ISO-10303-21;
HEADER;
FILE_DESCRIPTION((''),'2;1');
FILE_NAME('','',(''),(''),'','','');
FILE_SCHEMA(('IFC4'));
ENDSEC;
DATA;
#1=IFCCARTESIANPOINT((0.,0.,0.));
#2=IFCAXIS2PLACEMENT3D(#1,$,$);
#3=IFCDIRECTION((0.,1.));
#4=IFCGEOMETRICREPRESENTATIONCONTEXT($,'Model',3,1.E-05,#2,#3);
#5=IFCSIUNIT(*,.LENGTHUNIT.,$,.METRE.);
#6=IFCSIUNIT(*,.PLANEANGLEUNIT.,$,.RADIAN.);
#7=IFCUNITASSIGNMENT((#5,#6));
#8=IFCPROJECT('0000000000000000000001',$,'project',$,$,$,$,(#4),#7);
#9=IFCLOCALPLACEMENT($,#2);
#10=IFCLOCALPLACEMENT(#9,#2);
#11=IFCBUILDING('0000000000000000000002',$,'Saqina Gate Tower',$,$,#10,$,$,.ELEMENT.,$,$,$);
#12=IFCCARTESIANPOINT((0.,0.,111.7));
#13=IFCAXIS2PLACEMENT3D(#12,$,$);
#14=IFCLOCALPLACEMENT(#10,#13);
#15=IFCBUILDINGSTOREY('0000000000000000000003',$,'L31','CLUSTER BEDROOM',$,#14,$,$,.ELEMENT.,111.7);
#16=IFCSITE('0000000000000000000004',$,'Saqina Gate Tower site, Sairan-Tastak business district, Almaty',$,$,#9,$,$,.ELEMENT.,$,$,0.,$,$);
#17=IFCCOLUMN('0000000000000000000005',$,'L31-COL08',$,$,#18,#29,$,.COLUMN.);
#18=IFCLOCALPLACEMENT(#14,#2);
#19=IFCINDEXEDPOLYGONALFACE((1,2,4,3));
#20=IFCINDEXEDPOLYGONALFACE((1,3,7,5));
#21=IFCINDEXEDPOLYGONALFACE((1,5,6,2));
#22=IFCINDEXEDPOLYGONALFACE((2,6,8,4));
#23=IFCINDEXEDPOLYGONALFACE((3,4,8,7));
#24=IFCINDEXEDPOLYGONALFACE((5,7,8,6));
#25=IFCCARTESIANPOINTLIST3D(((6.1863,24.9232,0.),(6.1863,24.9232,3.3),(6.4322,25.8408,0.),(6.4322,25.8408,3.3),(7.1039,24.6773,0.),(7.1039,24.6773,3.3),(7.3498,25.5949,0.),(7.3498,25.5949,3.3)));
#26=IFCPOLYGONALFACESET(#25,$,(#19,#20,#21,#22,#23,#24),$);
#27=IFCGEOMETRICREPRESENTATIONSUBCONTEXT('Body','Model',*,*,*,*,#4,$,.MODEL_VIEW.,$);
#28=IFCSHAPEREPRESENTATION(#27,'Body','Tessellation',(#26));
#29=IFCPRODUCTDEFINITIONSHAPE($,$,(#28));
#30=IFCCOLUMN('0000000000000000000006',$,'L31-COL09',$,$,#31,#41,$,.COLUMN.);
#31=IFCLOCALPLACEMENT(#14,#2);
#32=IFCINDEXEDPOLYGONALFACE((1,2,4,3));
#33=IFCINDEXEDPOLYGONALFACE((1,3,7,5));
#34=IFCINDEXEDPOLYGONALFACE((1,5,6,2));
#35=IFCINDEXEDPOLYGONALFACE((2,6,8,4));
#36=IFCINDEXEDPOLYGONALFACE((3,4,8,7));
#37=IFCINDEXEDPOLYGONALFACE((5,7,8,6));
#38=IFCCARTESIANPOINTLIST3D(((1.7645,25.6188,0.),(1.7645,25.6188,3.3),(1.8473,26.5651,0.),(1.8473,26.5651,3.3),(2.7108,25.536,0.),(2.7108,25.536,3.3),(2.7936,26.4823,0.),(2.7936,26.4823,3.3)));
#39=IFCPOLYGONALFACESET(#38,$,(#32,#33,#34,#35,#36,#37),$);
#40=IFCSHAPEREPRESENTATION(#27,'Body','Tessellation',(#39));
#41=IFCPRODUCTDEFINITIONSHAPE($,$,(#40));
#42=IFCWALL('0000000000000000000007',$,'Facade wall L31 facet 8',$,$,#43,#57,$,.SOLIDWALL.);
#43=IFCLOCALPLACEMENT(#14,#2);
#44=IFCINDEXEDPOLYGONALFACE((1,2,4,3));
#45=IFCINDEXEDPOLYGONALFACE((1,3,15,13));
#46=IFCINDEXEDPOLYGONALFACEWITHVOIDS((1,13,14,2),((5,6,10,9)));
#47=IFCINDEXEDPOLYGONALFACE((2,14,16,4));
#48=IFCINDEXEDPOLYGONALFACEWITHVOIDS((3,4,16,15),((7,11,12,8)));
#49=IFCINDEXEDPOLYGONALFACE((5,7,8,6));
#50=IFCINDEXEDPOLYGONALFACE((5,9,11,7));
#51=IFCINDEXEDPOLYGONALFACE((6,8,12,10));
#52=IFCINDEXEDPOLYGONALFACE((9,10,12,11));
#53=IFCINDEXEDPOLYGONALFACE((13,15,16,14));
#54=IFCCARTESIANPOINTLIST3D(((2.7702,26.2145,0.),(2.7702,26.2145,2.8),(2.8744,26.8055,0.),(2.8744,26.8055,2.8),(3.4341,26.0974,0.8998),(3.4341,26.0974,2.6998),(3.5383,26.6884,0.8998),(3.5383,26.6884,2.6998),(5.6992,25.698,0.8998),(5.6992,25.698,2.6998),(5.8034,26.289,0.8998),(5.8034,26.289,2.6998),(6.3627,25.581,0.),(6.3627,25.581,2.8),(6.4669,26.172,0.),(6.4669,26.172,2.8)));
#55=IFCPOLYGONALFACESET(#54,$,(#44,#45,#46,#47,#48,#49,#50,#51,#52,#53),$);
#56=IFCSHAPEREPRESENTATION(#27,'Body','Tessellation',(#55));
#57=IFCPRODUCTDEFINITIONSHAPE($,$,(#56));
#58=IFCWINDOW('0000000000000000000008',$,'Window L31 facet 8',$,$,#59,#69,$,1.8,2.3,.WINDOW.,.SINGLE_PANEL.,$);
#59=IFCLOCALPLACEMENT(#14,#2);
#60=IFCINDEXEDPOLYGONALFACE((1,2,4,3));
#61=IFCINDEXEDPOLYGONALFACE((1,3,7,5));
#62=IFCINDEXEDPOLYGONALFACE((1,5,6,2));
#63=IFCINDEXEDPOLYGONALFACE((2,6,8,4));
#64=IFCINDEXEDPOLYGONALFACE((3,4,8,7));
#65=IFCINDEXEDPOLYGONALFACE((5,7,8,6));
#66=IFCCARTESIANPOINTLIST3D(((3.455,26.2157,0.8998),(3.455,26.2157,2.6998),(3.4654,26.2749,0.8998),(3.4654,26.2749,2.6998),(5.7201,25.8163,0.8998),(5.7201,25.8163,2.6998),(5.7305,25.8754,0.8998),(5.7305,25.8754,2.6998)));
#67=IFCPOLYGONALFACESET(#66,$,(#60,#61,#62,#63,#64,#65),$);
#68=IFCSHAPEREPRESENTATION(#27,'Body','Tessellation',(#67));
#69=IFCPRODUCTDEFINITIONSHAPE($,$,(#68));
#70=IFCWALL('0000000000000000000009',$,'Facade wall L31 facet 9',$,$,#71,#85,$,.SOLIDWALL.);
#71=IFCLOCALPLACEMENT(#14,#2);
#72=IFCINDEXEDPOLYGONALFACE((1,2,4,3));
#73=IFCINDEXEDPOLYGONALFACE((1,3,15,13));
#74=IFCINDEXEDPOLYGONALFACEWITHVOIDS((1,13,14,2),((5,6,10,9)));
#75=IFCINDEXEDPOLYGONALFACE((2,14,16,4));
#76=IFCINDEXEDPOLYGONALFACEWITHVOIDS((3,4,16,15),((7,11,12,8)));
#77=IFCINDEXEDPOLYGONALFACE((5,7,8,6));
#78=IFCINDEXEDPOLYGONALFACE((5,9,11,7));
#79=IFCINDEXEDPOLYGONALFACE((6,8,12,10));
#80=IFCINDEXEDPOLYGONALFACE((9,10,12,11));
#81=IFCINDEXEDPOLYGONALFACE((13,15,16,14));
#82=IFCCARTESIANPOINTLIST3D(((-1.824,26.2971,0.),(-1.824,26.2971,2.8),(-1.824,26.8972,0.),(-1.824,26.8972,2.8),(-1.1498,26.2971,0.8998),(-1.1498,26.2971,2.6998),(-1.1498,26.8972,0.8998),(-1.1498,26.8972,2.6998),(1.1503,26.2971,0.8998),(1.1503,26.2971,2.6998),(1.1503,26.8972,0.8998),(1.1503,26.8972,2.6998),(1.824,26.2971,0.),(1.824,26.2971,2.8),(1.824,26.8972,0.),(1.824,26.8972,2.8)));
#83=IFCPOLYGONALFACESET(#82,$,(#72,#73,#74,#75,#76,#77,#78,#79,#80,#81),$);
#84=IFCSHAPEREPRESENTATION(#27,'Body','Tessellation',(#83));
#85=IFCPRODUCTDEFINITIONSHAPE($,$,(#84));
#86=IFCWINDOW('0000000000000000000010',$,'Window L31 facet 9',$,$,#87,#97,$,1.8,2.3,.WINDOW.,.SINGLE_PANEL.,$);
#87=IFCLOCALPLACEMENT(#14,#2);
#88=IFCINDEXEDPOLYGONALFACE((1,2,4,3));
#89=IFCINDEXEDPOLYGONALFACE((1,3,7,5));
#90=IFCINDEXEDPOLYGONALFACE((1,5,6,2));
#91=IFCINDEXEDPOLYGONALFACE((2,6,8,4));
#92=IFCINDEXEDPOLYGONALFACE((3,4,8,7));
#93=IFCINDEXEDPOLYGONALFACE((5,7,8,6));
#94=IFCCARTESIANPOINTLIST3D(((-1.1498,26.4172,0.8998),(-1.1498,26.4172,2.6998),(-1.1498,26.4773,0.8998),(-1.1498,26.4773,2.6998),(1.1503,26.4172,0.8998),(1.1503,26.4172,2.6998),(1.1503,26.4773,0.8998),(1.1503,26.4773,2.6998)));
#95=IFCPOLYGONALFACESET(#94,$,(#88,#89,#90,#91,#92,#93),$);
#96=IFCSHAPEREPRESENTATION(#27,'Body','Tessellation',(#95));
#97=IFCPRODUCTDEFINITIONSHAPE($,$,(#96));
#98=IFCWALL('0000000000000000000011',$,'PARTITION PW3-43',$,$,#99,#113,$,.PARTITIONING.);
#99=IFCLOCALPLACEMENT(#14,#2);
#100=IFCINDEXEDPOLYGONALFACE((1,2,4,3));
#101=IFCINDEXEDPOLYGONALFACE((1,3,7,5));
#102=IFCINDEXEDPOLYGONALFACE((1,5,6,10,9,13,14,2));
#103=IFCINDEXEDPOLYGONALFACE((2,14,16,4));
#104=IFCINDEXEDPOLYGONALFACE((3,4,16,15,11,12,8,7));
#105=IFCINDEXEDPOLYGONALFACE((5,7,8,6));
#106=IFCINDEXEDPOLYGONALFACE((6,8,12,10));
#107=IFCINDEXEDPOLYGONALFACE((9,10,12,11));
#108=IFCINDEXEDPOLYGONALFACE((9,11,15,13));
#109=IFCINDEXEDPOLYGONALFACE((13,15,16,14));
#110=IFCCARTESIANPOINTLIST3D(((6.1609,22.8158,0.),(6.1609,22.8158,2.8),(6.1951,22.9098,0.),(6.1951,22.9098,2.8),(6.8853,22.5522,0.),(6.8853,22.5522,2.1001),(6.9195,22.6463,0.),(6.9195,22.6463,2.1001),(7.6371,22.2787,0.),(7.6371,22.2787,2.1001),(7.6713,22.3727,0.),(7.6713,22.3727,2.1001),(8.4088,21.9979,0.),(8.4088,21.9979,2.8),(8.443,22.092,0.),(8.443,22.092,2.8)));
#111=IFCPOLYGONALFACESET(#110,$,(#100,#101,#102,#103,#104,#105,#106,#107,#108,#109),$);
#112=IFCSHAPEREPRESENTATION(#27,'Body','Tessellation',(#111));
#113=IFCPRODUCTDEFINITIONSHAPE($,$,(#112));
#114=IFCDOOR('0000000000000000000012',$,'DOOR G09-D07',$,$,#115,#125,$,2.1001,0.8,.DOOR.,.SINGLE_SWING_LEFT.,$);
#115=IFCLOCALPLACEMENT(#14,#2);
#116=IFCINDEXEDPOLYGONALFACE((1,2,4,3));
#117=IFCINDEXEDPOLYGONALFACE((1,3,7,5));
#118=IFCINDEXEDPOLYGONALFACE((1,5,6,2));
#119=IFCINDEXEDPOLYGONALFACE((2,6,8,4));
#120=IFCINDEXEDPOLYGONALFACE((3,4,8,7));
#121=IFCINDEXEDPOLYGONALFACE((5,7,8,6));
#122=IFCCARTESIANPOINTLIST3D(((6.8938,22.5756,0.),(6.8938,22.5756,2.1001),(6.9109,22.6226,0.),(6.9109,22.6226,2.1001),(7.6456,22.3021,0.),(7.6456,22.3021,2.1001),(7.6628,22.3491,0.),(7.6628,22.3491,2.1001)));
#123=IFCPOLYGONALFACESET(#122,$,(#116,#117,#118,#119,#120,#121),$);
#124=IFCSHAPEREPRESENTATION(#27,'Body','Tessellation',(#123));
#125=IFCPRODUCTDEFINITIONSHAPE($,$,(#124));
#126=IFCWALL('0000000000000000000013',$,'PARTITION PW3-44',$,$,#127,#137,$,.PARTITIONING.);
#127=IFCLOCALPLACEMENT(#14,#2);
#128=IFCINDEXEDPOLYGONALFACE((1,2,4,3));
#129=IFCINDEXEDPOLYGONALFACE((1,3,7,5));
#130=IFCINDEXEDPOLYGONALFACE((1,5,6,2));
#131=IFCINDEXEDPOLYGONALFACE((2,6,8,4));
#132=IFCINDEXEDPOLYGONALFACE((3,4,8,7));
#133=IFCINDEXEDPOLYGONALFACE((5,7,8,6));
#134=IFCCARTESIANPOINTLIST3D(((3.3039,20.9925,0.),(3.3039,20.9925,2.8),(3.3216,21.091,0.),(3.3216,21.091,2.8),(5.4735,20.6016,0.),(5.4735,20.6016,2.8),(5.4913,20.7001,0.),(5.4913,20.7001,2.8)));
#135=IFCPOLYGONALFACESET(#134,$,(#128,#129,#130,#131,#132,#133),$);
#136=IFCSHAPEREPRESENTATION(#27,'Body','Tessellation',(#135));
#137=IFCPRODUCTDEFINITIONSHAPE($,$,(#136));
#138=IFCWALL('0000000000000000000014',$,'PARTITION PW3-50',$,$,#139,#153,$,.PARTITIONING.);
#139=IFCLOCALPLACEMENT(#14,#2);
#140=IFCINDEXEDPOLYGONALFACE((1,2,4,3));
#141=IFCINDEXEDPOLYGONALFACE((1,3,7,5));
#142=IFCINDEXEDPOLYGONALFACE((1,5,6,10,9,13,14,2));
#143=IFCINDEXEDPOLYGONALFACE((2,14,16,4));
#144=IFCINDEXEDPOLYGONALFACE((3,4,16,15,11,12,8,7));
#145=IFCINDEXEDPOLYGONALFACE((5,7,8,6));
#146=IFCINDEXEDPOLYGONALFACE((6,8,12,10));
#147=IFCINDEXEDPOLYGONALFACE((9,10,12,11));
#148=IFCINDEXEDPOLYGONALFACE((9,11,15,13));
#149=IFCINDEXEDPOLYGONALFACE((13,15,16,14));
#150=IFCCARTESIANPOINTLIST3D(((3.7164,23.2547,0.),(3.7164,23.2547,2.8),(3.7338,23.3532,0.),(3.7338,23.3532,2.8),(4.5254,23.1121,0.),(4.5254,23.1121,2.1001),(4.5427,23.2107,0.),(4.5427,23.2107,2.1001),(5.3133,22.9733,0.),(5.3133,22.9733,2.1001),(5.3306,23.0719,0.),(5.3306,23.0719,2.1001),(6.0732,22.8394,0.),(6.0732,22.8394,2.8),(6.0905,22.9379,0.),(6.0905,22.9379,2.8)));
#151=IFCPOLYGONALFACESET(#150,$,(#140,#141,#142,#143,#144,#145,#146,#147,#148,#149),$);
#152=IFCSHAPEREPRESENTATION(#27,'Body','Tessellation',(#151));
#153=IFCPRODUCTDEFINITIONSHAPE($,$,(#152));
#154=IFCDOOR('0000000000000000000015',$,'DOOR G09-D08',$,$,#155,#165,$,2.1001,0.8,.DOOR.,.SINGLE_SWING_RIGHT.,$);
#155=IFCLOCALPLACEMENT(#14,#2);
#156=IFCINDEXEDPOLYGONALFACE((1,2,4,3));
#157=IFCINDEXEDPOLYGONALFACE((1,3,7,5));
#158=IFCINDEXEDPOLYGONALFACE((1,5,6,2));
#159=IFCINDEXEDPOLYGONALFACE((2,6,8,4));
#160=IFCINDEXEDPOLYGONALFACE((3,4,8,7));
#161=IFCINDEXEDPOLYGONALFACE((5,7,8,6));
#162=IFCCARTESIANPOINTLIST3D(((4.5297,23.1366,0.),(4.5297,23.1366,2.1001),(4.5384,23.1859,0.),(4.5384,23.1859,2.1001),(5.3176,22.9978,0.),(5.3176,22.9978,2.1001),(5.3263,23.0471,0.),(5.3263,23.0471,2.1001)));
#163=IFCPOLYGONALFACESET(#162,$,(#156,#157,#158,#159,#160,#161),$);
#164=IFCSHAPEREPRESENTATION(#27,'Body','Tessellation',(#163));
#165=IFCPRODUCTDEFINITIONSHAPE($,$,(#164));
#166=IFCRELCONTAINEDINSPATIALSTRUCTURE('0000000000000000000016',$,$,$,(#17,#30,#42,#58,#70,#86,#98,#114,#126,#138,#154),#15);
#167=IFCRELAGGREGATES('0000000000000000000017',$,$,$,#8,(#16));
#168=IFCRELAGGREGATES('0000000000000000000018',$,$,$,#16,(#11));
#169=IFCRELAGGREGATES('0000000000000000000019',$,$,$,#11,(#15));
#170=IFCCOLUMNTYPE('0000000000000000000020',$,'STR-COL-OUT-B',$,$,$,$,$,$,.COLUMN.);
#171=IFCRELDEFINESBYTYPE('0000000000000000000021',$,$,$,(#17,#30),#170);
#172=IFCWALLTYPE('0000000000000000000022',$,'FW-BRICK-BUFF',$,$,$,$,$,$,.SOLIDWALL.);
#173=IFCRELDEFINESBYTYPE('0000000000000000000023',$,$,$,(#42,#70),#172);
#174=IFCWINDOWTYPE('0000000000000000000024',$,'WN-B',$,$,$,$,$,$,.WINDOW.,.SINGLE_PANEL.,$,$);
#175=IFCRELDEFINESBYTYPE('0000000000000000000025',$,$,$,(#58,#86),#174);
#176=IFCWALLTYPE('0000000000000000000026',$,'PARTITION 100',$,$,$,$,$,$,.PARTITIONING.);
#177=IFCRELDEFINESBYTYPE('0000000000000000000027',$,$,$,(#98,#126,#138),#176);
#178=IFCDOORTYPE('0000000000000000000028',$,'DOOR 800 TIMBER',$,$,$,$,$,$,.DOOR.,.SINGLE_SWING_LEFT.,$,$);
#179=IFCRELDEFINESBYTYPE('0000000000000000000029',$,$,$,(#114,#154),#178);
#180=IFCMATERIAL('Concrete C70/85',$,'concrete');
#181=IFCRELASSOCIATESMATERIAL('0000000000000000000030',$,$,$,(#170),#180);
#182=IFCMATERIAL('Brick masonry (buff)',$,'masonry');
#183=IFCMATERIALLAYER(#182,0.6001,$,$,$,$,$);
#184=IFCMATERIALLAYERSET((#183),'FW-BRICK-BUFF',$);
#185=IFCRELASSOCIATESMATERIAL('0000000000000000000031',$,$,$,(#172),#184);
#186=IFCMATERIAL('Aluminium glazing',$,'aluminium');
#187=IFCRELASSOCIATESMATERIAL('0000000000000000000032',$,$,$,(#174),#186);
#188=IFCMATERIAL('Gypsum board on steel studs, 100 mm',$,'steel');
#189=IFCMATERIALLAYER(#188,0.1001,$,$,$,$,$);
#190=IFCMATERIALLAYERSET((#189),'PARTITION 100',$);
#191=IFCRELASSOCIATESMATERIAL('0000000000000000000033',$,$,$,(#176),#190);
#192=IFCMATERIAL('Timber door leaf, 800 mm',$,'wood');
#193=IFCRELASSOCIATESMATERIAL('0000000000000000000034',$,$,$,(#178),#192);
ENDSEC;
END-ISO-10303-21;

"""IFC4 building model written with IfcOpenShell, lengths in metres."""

from ifc_helpers import new_model, si_unit, direction, frame, frame_2d, origin, origin_2d, place, context, subcontext, project, spatial, rectangle, extrude, material, layer, layer_set, material_profile, profile_set, type_object, element, fill, save


model = new_model("IFC4")

# Units and contexts
model_context = context("Model", 3, precision=1e-05, world=origin(), true_north=direction((0.0, 1.0)))
body_context = subcontext(model_context, "Body", "Model", "MODEL_VIEW")
ifc_project = project(units=[si_unit("LENGTHUNIT", "METRE"), si_unit("PLANEANGLEUNIT", "RADIAN")], contexts=[model_context])

# Site, building, storey
site_placement = place(None, origin())
site = spatial("IfcSite", under=ifc_project, at=site_placement, Name="Saqina Gate Tower site, Sairan-Tastak business district, Almaty", CompositionType="ELEMENT", RefElevation=0.0)
building_placement = place(site_placement, origin())
building = spatial("IfcBuilding", under=site, at=building_placement, Name="Saqina Gate Tower", CompositionType="ELEMENT")
storey_placement = place(building_placement, frame((0.0, 0.0, 111.7)))
storey = spatial("IfcBuildingStorey", under=building, at=storey_placement, Name="L31", Description="CLUSTER BEDROOM", CompositionType="ELEMENT", Elevation=111.7)

# Columns
ifc_material_1 = material(Name="Concrete C70/85", Category="concrete")
ifc_material_profile = material_profile(ifc_material_1, rectangle(XDim=0.95, YDim=0.95, at=origin_2d()), Name="RC 950x950")
ifc_profile_set = profile_set([ifc_material_profile], Name="Concrete C70/85")
column_type = type_object("IfcColumnType", Name="STR-COL-OUT-B", PredefinedType="COLUMN", material=ifc_profile_set)
for number, where, z_axis, x_axis, name in (
    (1, (6.7681, 25.259, 0.0), (0.0, 0.0, 1.0), (0.258819, 0.965926, 0.0), "L31-COL08"),
    (2, (2.2791, 26.0505, 0.0), (0.0, 0.0, 1.0), (0.087156, 0.996195, 0.0), "L31-COL09"),
):
    element("IfcColumn", number, at=place(storey_placement, frame(where, z_axis=z_axis, x_axis=x_axis)), inside=storey, type_object=column_type, Name=name, PredefinedType="COLUMN", context=body_context, shape_type="SweptSolid", body=[
        extrude(rectangle(XDim=0.95, YDim=0.95, at=origin_2d()), origin(), (0.0, 0.0, 1.0), 3.3),
    ])

# Walls, openings, windows
ifc_material_2 = material(Name="Brick masonry (buff)", Category="masonry")
ifc_layer_1 = layer(ifc_material_2, 0.6001)
ifc_layer_set_1 = layer_set([ifc_layer_1], Name="FW-BRICK-BUFF")
wall_type_1 = type_object("IfcWallType", Name="FW-BRICK-BUFF", PredefinedType="SOLIDWALL", material=ifc_layer_set_1)
wall_1_placement = place(storey_placement, frame((6.4148, 25.8765, 0.0), z_axis=(0.0, 0.0, 1.0), x_axis=(-0.984804, 0.173671, 0.0)))
wall_1 = element("IfcWall", 3, at=wall_1_placement, inside=storey, type_object=wall_type_1, Name="Facade wall L31 facet 8", PredefinedType="SOLIDWALL", context=body_context, shape_type="SweptSolid", body=[
    extrude(rectangle(XDim=3.6479, YDim=0.6001, at=frame_2d((1.824, 0.0))), origin(), (0.0, 0.0, 1.0), 2.8),
])
opening_1_placement = place(wall_1_placement, frame((0.6738, 0.0, 0.8999)))
opening_1 = element("IfcOpeningElement", 4, at=opening_1_placement, cuts=wall_1, PredefinedType="OPENING", context=body_context, shape_type="SweptSolid", body=[
    extrude(rectangle(XDim=2.3, YDim=1.8, at=frame_2d((1.1499, 0.8999))), frame((0.0, 0.312, 0.0), z_axis=(0.0, -1.0, 0.0), x_axis=(1.0, 0.0, 0.0)), (0.0, 0.0, 1.0), 0.624),
])
ifc_material_3 = material(Name="Aluminium glazing", Category="aluminium")
window_type = type_object("IfcWindowType", Name="WN-B", PartitioningType="SINGLE_PANEL", PredefinedType="WINDOW", material=ifc_material_3)
window_1_placement = place(opening_1_placement, origin())
window_1 = element("IfcWindow", 5, at=window_1_placement, inside=storey, type_object=window_type, Name="Window L31 facet 8", OverallHeight=1.8, OverallWidth=2.3, PartitioningType="SINGLE_PANEL", PredefinedType="WINDOW", context=body_context, shape_type="SweptSolid", body=[
    extrude(rectangle(XDim=2.3, YDim=1.8, at=frame_2d((1.1499, 0.8999))), frame((0.0, 0.1799, 0.0), z_axis=(0.0, -1.0, 0.0), x_axis=(1.0, 0.0, 0.0)), (0.0, 0.0, 1.0), 0.0601),
])
fill(opening_1, window_1)
wall_2_placement = place(storey_placement, frame((1.824, 26.5972, 0.0), z_axis=(0.0, 0.0, 1.0), x_axis=(-1.0, 0.0, 0.0)))
wall_2 = element("IfcWall", 6, at=wall_2_placement, inside=storey, type_object=wall_type_1, Name="Facade wall L31 facet 9", PredefinedType="SOLIDWALL", context=body_context, shape_type="SweptSolid", body=[
    extrude(rectangle(XDim=3.6479, YDim=0.6001, at=frame_2d((1.824, 0.0))), origin(), (0.0, 0.0, 1.0), 2.8),
])
opening_2_placement = place(wall_2_placement, frame((0.6738, 0.0, 0.8999)))
opening_2 = element("IfcOpeningElement", 7, at=opening_2_placement, cuts=wall_2, PredefinedType="OPENING", context=body_context, shape_type="SweptSolid", body=[
    extrude(rectangle(XDim=2.3, YDim=1.8, at=frame_2d((1.1499, 0.8999))), frame((0.0, 0.312, 0.0), z_axis=(0.0, -1.0, 0.0), x_axis=(1.0, 0.0, 0.0)), (0.0, 0.0, 1.0), 0.624),
])
window_2_placement = place(opening_2_placement, origin())
window_2 = element("IfcWindow", 8, at=window_2_placement, inside=storey, type_object=window_type, Name="Window L31 facet 9", OverallHeight=1.8, OverallWidth=2.3, PartitioningType="SINGLE_PANEL", PredefinedType="WINDOW", context=body_context, shape_type="SweptSolid", body=[
    extrude(rectangle(XDim=2.3, YDim=1.8, at=frame_2d((1.1499, 0.8999))), frame((0.0, 0.1799, 0.0), z_axis=(0.0, -1.0, 0.0), x_axis=(1.0, 0.0, 0.0)), (0.0, 0.0, 1.0), 0.0601),
])
fill(opening_2, window_2)

# Wall, opening, door
ifc_material_4 = material(Name="Gypsum board on steel studs, 100 mm", Category="steel")
ifc_layer_2 = layer(ifc_material_4, 0.1001)
ifc_layer_set_2 = layer_set([ifc_layer_2], Name="PARTITION 100")
wall_type_2 = type_object("IfcWallType", Name="PARTITION 100", PredefinedType="PARTITIONING", material=ifc_layer_set_2)
wall_3_placement = place(storey_placement, frame((6.178, 22.8628, 0.0), z_axis=(0.0, 0.0, 1.0), x_axis=(0.93974, -0.341891, 0.0)))
wall_3 = element("IfcWall", 9, at=wall_3_placement, inside=storey, type_object=wall_type_2, Name="PARTITION PW3-43", PredefinedType="PARTITIONING", context=body_context, shape_type="SweptSolid", body=[
    extrude(rectangle(XDim=2.3921, YDim=0.1001, at=frame_2d((1.196, 0.0))), origin(), (0.0, 0.0, 1.0), 2.8),
])
opening_3_placement = place(wall_3_placement, frame((0.771, 0.0, 0.0)))
opening_3 = element("IfcOpeningElement", 10, at=opening_3_placement, cuts=wall_3, PredefinedType="OPENING", context=body_context, shape_type="SweptSolid", body=[
    extrude(rectangle(XDim=0.8, YDim=2.1001, at=frame_2d((0.3999, 1.05))), frame((0.0, 0.062, 0.0), z_axis=(0.0, -1.0, 0.0), x_axis=(1.0, 0.0, 0.0)), (0.0, 0.0, 1.0), 0.124),
])
ifc_material_5 = material(Name="Timber door leaf, 800 mm", Category="wood")
door_type_1 = type_object("IfcDoorType", Name="DOOR 800 TIMBER", OperationType="SINGLE_SWING_LEFT", PredefinedType="DOOR", material=ifc_material_5)
door_1_placement = place(opening_3_placement, origin())
door_1 = element("IfcDoor", 11, at=door_1_placement, inside=storey, type_object=door_type_1, Name="DOOR G09-D07", OperationType="SINGLE_SWING_LEFT", OverallHeight=2.1001, OverallWidth=0.8, PredefinedType="DOOR", context=body_context, shape_type="SweptSolid", body=[
    extrude(rectangle(XDim=0.8, YDim=2.1001, at=frame_2d((0.3999, 1.05))), frame((0.0, 0.0249, 0.0), z_axis=(0.0, -1.0, 0.0), x_axis=(1.0, 0.0, 0.0)), (0.0, 0.0, 1.0), 0.05),
])
fill(opening_3, door_1)

# Wall
wall_4_placement = place(storey_placement, frame((3.3127, 21.0417, 0.0), z_axis=(0.0, 0.0, 1.0), x_axis=(0.984157, -0.177297, 0.0)))
element("IfcWall", 12, at=wall_4_placement, inside=storey, type_object=wall_type_2, Name="PARTITION PW3-44", PredefinedType="PARTITIONING", context=body_context, shape_type="SweptSolid", body=[
    extrude(rectangle(XDim=2.2046, YDim=0.1001, at=frame_2d((1.1023, 0.0))), origin(), (0.0, 0.0, 1.0), 2.8),
])

# Wall, opening, door
wall_5_placement = place(storey_placement, frame((3.7251, 23.304, 0.0), z_axis=(0.0, 0.0, 1.0), x_axis=(0.984827, -0.173541, 0.0)))
wall_5 = element("IfcWall", 13, at=wall_5_placement, inside=storey, type_object=wall_type_2, Name="PARTITION PW3-50", PredefinedType="PARTITIONING", context=body_context, shape_type="SweptSolid", body=[
    extrude(rectangle(XDim=2.3931, YDim=0.1001, at=frame_2d((1.1965, 0.0))), origin(), (0.0, 0.0, 1.0), 2.8),
])
opening_4_placement = place(wall_5_placement, frame((0.8215, 0.0, 0.0)))
opening_4 = element("IfcOpeningElement", 14, at=opening_4_placement, cuts=wall_5, PredefinedType="OPENING", context=body_context, shape_type="SweptSolid", body=[
    extrude(rectangle(XDim=0.8, YDim=2.1001, at=frame_2d((0.3999, 1.05))), frame((0.0, 0.062, 0.0), z_axis=(0.0, -1.0, 0.0), x_axis=(1.0, 0.0, 0.0)), (0.0, 0.0, 1.0), 0.124),
])
door_2_placement = place(opening_4_placement, origin())
door_2 = element("IfcDoor", 15, at=door_2_placement, inside=storey, type_object=door_type_1, Name="DOOR G09-D08", OperationType="SINGLE_SWING_RIGHT", OverallHeight=2.1001, OverallWidth=0.8, PredefinedType="DOOR", context=body_context, shape_type="SweptSolid", body=[
    extrude(rectangle(XDim=0.8, YDim=2.1001, at=frame_2d((0.3999, 1.05))), frame((0.0, 0.0249, 0.0), z_axis=(0.0, -1.0, 0.0), x_axis=(1.0, 0.0, 0.0)), (0.0, 0.0, 1.0), 0.05),
])
fill(opening_4, door_2)

save(model, "model.ifc")
